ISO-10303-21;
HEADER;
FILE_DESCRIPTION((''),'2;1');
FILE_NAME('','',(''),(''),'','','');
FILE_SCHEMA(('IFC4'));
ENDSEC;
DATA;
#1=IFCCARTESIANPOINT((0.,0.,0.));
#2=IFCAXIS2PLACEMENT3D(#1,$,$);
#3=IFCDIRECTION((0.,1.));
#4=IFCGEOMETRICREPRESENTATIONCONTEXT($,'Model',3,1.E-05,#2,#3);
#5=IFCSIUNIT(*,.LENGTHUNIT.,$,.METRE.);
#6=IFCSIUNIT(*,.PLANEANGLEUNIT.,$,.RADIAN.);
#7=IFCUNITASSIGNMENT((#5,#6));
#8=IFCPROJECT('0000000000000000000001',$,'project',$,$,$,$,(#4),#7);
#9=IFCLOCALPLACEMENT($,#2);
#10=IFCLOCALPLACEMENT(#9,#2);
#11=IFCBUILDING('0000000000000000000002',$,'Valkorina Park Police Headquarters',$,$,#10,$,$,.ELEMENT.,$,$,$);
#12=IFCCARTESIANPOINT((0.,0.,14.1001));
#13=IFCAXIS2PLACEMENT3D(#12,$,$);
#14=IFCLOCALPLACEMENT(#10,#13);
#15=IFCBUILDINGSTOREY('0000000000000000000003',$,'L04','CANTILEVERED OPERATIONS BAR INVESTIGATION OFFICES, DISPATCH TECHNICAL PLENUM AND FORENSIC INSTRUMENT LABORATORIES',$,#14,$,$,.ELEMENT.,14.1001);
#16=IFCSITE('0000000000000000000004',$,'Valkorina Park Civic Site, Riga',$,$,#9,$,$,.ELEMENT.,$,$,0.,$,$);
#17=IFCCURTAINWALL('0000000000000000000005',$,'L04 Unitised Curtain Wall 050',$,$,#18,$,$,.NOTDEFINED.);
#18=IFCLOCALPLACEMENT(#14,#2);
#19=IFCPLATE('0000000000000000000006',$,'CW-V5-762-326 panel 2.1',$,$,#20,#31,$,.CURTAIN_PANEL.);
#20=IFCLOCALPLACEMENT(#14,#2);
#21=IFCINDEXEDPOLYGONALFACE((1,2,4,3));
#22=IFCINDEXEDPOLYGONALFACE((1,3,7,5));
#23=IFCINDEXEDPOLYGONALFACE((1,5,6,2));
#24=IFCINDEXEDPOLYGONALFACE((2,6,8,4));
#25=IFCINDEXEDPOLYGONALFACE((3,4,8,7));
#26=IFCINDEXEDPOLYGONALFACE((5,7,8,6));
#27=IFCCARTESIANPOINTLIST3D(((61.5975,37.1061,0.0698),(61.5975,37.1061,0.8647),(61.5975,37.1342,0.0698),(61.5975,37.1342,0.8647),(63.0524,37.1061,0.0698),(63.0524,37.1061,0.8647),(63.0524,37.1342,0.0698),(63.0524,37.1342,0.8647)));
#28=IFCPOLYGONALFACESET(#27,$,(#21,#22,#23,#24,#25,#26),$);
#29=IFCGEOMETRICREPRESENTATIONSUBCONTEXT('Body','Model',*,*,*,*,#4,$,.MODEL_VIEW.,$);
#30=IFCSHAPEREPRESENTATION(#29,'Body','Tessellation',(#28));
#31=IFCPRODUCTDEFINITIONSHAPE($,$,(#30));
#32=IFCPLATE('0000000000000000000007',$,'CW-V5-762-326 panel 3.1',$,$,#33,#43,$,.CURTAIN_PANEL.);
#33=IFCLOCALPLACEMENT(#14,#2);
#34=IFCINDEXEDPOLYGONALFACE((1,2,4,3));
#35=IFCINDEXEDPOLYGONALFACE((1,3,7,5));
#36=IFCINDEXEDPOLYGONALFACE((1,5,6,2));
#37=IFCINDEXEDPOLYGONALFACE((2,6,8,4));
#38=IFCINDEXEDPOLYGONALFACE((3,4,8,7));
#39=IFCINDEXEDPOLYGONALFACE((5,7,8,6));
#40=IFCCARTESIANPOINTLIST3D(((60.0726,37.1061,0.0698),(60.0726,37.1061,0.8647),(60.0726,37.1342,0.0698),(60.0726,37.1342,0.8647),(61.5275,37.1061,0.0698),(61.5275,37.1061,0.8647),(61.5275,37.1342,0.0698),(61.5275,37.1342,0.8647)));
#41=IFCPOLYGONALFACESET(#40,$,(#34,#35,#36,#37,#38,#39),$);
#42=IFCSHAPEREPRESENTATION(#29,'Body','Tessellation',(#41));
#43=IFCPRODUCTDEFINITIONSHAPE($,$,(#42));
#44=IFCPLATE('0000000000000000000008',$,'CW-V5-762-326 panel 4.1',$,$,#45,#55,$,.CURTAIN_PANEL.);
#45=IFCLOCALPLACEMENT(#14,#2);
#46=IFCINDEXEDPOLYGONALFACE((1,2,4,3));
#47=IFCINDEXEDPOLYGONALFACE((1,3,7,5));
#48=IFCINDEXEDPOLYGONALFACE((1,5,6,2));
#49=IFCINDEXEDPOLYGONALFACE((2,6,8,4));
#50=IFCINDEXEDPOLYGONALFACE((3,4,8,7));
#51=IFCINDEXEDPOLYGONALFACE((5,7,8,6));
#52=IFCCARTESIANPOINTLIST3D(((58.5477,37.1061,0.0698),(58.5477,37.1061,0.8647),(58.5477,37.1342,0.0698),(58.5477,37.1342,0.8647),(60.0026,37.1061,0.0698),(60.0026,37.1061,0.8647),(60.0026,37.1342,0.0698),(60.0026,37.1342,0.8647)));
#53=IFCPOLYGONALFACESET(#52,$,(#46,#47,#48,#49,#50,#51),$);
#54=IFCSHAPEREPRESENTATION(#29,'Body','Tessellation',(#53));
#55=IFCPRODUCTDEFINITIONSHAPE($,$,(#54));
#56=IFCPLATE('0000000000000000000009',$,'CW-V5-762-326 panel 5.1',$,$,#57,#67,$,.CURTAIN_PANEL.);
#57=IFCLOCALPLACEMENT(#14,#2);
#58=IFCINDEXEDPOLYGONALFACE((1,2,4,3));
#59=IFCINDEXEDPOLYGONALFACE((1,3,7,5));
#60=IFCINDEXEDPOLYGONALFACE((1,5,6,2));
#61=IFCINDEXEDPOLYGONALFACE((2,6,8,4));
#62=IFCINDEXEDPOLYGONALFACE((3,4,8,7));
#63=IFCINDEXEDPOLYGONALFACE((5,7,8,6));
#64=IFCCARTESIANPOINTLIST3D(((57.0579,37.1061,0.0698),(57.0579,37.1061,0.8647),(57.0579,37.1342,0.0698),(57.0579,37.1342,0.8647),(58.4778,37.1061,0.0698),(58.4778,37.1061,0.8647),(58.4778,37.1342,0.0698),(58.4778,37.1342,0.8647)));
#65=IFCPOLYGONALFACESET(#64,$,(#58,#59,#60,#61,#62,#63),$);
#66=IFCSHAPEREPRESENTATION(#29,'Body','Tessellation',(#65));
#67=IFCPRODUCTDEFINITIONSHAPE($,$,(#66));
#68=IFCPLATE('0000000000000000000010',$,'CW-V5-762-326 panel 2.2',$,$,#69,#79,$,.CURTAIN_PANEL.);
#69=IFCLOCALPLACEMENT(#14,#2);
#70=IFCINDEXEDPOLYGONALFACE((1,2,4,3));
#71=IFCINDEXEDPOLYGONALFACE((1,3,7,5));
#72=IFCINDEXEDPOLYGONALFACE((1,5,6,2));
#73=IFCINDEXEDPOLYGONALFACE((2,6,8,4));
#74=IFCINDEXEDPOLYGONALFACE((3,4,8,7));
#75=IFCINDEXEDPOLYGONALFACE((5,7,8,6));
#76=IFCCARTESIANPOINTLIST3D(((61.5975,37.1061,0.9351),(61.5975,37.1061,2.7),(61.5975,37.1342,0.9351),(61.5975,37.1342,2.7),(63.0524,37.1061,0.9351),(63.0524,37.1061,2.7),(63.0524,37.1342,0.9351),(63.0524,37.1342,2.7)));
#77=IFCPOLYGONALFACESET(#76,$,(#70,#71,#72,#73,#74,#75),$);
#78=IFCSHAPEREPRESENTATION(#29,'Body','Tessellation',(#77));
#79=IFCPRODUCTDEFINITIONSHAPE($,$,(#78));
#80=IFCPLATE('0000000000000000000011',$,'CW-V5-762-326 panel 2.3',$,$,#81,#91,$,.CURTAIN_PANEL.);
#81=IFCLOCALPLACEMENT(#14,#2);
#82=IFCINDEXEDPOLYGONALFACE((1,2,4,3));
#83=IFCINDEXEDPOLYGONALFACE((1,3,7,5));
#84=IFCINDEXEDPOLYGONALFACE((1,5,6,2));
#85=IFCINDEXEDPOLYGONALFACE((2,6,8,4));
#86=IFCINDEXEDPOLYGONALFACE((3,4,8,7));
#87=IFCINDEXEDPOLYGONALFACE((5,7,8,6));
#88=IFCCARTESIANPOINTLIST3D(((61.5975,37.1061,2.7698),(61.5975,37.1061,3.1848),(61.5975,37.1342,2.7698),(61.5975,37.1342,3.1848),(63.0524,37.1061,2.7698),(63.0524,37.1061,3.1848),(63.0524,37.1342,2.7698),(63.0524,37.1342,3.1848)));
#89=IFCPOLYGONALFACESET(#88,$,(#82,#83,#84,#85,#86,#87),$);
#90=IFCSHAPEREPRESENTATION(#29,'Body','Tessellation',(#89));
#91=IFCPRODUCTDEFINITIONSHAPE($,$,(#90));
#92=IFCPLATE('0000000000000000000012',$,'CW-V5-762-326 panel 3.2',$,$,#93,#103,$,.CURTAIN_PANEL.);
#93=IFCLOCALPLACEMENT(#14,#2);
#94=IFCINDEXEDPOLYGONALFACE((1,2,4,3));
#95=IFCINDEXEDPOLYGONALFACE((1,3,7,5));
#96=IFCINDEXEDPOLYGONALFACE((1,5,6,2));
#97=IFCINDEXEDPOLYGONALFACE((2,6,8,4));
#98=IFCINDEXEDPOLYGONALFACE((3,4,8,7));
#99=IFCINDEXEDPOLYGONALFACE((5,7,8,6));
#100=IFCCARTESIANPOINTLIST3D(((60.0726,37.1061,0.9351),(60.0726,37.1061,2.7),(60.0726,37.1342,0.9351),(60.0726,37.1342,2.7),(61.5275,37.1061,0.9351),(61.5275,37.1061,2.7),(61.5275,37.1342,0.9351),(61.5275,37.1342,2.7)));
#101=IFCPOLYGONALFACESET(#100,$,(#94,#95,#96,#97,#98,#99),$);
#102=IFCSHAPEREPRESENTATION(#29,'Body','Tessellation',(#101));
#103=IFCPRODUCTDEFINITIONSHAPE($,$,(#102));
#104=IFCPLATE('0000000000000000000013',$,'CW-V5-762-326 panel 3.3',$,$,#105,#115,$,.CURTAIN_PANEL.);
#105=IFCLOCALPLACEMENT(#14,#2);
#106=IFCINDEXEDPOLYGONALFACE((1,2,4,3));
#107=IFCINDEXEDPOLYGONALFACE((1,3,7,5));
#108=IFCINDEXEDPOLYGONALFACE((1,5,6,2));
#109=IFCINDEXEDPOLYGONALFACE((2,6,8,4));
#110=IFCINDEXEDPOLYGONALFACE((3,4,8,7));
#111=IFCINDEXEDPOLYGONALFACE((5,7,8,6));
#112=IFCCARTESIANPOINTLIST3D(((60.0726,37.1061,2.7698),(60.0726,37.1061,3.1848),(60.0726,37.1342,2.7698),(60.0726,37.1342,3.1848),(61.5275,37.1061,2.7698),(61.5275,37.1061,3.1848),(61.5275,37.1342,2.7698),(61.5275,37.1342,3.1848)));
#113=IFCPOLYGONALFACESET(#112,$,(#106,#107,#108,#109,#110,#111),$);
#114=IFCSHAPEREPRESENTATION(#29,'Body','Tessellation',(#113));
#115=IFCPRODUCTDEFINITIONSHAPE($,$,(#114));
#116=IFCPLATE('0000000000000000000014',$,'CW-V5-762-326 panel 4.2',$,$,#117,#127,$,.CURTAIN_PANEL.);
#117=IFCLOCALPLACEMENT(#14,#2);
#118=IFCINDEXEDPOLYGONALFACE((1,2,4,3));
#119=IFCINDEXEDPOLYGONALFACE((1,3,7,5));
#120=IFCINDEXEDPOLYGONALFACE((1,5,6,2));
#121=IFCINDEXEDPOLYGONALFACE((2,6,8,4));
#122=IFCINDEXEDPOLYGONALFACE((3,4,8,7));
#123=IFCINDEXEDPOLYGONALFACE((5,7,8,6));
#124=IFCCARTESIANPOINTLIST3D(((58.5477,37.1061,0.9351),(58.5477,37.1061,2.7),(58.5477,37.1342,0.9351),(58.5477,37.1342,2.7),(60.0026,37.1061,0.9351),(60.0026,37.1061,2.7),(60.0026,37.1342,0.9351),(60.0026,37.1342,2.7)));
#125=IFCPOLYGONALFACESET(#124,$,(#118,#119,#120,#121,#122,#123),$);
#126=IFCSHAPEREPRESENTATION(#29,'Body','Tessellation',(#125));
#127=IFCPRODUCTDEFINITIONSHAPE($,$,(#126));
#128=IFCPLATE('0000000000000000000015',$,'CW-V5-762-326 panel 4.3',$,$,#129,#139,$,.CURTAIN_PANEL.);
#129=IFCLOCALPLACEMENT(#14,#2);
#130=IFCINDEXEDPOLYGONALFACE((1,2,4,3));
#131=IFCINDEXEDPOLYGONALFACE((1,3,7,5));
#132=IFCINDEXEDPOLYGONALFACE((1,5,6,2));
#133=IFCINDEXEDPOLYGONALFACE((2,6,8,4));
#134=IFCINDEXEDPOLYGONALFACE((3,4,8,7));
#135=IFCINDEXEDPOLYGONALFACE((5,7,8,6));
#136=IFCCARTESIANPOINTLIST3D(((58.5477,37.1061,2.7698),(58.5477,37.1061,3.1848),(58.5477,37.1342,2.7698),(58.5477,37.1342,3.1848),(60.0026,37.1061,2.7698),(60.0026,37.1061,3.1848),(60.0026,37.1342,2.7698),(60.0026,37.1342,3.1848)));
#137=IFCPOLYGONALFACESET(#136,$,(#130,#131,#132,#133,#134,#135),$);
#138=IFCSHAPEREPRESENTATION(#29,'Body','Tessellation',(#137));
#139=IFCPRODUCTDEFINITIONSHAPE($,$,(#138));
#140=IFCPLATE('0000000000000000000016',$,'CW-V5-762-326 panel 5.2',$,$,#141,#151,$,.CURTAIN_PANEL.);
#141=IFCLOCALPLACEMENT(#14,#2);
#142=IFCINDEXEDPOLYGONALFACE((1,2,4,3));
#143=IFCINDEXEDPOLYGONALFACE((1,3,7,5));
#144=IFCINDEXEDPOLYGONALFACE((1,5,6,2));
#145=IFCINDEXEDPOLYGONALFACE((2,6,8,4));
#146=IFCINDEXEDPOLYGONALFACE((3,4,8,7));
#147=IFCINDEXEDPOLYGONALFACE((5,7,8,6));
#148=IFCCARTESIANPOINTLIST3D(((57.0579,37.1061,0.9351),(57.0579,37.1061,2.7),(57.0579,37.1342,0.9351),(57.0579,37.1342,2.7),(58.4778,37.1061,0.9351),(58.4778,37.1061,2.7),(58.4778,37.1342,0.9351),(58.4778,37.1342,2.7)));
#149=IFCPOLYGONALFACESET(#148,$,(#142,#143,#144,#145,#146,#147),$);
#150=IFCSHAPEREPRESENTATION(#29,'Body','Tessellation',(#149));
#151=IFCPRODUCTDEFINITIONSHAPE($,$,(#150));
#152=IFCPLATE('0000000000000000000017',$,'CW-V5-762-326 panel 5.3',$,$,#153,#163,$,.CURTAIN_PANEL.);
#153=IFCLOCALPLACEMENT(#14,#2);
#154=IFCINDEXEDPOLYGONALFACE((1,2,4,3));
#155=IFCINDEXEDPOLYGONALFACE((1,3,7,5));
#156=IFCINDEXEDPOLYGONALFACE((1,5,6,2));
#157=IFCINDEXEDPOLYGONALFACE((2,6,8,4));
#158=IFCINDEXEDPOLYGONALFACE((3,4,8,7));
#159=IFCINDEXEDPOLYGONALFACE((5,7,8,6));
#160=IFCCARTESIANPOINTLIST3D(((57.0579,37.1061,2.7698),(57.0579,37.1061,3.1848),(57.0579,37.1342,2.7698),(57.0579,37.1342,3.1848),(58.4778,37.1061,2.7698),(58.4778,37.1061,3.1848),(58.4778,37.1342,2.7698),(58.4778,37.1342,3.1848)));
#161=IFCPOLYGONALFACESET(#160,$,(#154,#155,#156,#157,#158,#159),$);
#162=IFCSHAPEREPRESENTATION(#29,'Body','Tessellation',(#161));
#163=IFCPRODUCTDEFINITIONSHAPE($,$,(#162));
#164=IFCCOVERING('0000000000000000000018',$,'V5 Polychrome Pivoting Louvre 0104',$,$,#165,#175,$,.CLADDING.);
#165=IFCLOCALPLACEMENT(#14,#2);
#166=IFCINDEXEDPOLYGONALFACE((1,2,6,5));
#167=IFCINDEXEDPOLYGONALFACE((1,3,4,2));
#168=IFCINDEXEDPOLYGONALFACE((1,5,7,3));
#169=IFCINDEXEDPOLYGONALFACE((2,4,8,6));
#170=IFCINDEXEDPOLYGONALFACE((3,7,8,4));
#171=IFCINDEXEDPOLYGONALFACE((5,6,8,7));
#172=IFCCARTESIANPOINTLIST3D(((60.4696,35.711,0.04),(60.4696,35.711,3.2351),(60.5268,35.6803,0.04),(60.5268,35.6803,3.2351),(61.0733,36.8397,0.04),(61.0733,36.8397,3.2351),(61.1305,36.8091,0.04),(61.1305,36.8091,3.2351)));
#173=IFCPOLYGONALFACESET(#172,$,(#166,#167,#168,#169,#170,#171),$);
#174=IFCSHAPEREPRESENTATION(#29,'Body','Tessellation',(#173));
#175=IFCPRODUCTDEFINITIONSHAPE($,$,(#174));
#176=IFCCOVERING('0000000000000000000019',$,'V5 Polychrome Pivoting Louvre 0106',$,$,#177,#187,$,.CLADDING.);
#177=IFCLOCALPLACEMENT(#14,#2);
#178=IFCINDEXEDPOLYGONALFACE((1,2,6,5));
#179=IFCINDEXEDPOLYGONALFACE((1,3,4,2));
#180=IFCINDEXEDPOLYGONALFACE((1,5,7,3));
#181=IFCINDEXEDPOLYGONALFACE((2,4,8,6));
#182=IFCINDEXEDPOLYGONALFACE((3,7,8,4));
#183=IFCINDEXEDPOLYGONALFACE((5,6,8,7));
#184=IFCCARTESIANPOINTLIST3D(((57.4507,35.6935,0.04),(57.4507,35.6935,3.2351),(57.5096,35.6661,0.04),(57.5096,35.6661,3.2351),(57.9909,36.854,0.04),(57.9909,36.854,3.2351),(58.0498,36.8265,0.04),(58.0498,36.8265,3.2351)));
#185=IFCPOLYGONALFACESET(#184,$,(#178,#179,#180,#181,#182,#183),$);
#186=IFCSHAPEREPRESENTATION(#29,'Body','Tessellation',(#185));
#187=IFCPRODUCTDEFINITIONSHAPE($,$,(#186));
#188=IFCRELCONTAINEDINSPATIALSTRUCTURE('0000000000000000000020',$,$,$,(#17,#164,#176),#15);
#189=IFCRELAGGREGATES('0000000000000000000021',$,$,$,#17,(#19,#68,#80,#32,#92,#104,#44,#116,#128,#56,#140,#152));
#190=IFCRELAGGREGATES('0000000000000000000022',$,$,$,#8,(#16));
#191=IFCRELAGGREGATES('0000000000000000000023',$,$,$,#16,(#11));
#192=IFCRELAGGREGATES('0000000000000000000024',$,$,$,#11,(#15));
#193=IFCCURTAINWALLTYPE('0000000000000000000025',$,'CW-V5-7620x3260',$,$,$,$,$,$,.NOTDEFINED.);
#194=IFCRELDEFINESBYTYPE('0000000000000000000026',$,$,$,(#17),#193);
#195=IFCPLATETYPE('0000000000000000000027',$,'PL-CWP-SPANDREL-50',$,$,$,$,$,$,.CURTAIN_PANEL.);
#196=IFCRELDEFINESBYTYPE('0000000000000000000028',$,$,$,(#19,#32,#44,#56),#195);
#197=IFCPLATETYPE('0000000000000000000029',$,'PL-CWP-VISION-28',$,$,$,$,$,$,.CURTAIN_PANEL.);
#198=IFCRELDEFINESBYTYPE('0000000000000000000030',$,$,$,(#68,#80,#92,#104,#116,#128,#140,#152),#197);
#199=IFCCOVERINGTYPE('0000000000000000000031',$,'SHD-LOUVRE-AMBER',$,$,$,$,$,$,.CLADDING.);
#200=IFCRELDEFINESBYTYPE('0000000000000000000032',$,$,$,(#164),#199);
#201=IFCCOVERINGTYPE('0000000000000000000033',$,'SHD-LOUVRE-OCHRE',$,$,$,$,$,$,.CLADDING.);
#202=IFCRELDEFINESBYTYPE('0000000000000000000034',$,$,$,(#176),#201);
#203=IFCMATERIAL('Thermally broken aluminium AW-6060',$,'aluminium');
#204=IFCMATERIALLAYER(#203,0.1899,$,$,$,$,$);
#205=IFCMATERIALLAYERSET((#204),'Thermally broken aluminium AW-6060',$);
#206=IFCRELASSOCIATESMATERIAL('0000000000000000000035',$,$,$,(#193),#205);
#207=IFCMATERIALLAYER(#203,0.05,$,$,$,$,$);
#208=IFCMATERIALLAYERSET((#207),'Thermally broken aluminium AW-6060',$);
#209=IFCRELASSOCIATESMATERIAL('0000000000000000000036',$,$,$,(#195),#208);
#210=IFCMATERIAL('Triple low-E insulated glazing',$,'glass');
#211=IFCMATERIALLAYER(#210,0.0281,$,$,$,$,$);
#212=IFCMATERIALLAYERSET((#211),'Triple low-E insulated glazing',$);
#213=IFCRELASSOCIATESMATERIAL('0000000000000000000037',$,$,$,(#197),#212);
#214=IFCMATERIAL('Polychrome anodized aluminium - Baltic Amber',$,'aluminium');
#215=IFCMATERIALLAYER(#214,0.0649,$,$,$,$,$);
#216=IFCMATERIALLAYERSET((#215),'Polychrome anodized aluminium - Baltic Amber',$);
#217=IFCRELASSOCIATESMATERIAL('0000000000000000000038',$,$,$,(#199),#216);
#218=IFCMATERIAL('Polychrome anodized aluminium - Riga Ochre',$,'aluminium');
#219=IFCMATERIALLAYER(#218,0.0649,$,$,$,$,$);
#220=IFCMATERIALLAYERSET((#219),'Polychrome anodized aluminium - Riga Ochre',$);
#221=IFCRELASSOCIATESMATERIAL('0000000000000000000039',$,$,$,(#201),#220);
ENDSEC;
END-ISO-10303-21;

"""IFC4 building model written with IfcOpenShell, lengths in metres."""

from ifc_helpers import new_model, si_unit, direction, frame, origin, origin_2d, place, context, subcontext, project, spatial, rectangle, extrude, material, layer, layer_set, type_object, element, aggregate, save


model = new_model("IFC4")

# Units and contexts
model_context = context("Model", 3, precision=1e-05, world=origin(), true_north=direction((0.0, 1.0)))
body_context = subcontext(model_context, "Body", "Model", "MODEL_VIEW")
ifc_project = project(units=[si_unit("LENGTHUNIT", "METRE"), si_unit("PLANEANGLEUNIT", "RADIAN")], contexts=[model_context])

# Site, building, storey
site_placement = place(None, origin())
site = spatial("IfcSite", under=ifc_project, at=site_placement, Name="Valkorina Park Civic Site, Riga", CompositionType="ELEMENT", RefElevation=0.0)
building_placement = place(site_placement, origin())
building = spatial("IfcBuilding", under=site, at=building_placement, Name="Valkorina Park Police Headquarters", CompositionType="ELEMENT")
storey_placement = place(building_placement, frame((0.0, 0.0, 14.1001)))
storey = spatial("IfcBuildingStorey", under=building, at=storey_placement, Name="L04", Description="CANTILEVERED OPERATIONS BAR INVESTIGATION OFFICES, DISPATCH TECHNICAL PLENUM AND FORENSIC INSTRUMENT LABORATORIES", CompositionType="ELEMENT", Elevation=14.1001)

# Curtain wall, plates
ifc_material_1 = material(Name="Thermally broken aluminium AW-6060", Category="aluminium")
ifc_layer_1 = layer(ifc_material_1, 0.1899)
ifc_layer_set_1 = layer_set([ifc_layer_1], Name="Thermally broken aluminium AW-6060")
curtain_wall_type = type_object("IfcCurtainWallType", Name="CW-V5-7620x3260", PredefinedType="NOTDEFINED", material=ifc_layer_set_1)
curtain_wall_placement = place(storey_placement, origin())
curtain_wall = element("IfcCurtainWall", 1, at=curtain_wall_placement, inside=storey, type_object=curtain_wall_type, Name="L04 Unitised Curtain Wall 050", PredefinedType="NOTDEFINED")
ifc_layer_2 = layer(ifc_material_1, 0.05)
ifc_layer_set_2 = layer_set([ifc_layer_2], Name="Thermally broken aluminium AW-6060")
plate_type_1 = type_object("IfcPlateType", Name="PL-CWP-SPANDREL-50", PredefinedType="CURTAIN_PANEL", material=ifc_layer_set_2)
plate_1_placement = place(storey_placement, frame((62.325, 37.1201, 0.0698), z_axis=(0.0, 0.0, 1.0), x_axis=(-1.0, 0.0, 0.0)))
plate_1 = element("IfcPlate", 2, at=plate_1_placement, type_object=plate_type_1, Name="CW-V5-762-326 panel 2.1", PredefinedType="CURTAIN_PANEL", context=body_context, shape_type="SweptSolid", body=[
    extrude(rectangle(XDim=1.4548, YDim=0.0281, at=origin_2d()), origin(), (0.0, 0.0, 1.0), 0.7949),
])
plate_2_placement = place(storey_placement, frame((60.8, 37.1201, 0.0698), z_axis=(0.0, 0.0, 1.0), x_axis=(-1.0, 0.0, 0.0)))
plate_2 = element("IfcPlate", 3, at=plate_2_placement, type_object=plate_type_1, Name="CW-V5-762-326 panel 3.1", PredefinedType="CURTAIN_PANEL", context=body_context, shape_type="SweptSolid", body=[
    extrude(rectangle(XDim=1.4548, YDim=0.0281, at=origin_2d()), origin(), (0.0, 0.0, 1.0), 0.7949),
])
plate_3_placement = place(storey_placement, frame((59.2751, 37.1201, 0.0698), z_axis=(0.0, 0.0, 1.0), x_axis=(-1.0, 0.0, 0.0)))
plate_3 = element("IfcPlate", 4, at=plate_3_placement, type_object=plate_type_1, Name="CW-V5-762-326 panel 4.1", PredefinedType="CURTAIN_PANEL", context=body_context, shape_type="SweptSolid", body=[
    extrude(rectangle(XDim=1.4548, YDim=0.0281, at=origin_2d()), origin(), (0.0, 0.0, 1.0), 0.7949),
])
plate_4_placement = place(storey_placement, frame((57.7678, 37.1201, 0.0698), z_axis=(0.0, 0.0, 1.0), x_axis=(-1.0, 0.0, 0.0)))
plate_4 = element("IfcPlate", 5, at=plate_4_placement, type_object=plate_type_1, Name="CW-V5-762-326 panel 5.1", PredefinedType="CURTAIN_PANEL", context=body_context, shape_type="SweptSolid", body=[
    extrude(rectangle(XDim=1.4199, YDim=0.0281, at=origin_2d()), origin(), (0.0, 0.0, 1.0), 0.7949),
])
ifc_material_2 = material(Name="Triple low-E insulated glazing", Category="glass")
ifc_layer_3 = layer(ifc_material_2, 0.0281)
ifc_layer_set_3 = layer_set([ifc_layer_3], Name="Triple low-E insulated glazing")
plate_type_2 = type_object("IfcPlateType", Name="PL-CWP-VISION-28", PredefinedType="CURTAIN_PANEL", material=ifc_layer_set_3)
plate_5_placement = place(storey_placement, frame((62.325, 37.1201, 0.9351), z_axis=(0.0, 0.0, 1.0), x_axis=(-1.0, 0.0, 0.0)))
plate_5 = element("IfcPlate", 6, at=plate_5_placement, type_object=plate_type_2, Name="CW-V5-762-326 panel 2.2", PredefinedType="CURTAIN_PANEL", context=body_context, shape_type="SweptSolid", body=[
    extrude(rectangle(XDim=1.4548, YDim=0.0281, at=origin_2d()), origin(), (0.0, 0.0, 1.0), 1.7649),
])
plate_6_placement = place(storey_placement, frame((62.325, 37.1201, 2.7698), z_axis=(0.0, 0.0, 1.0), x_axis=(-1.0, 0.0, 0.0)))
plate_6 = element("IfcPlate", 7, at=plate_6_placement, type_object=plate_type_2, Name="CW-V5-762-326 panel 2.3", PredefinedType="CURTAIN_PANEL", context=body_context, shape_type="SweptSolid", body=[
    extrude(rectangle(XDim=1.4548, YDim=0.0281, at=origin_2d()), origin(), (0.0, 0.0, 1.0), 0.415),
])
plate_7_placement = place(storey_placement, frame((60.8, 37.1201, 0.9351), z_axis=(0.0, 0.0, 1.0), x_axis=(-1.0, 0.0, 0.0)))
plate_7 = element("IfcPlate", 8, at=plate_7_placement, type_object=plate_type_2, Name="CW-V5-762-326 panel 3.2", PredefinedType="CURTAIN_PANEL", context=body_context, shape_type="SweptSolid", body=[
    extrude(rectangle(XDim=1.4548, YDim=0.0281, at=origin_2d()), origin(), (0.0, 0.0, 1.0), 1.7649),
])
plate_8_placement = place(storey_placement, frame((60.8, 37.1201, 2.7698), z_axis=(0.0, 0.0, 1.0), x_axis=(-1.0, 0.0, 0.0)))
plate_8 = element("IfcPlate", 9, at=plate_8_placement, type_object=plate_type_2, Name="CW-V5-762-326 panel 3.3", PredefinedType="CURTAIN_PANEL", context=body_context, shape_type="SweptSolid", body=[
    extrude(rectangle(XDim=1.4548, YDim=0.0281, at=origin_2d()), origin(), (0.0, 0.0, 1.0), 0.415),
])
plate_9_placement = place(storey_placement, frame((59.2751, 37.1201, 0.9351), z_axis=(0.0, 0.0, 1.0), x_axis=(-1.0, 0.0, 0.0)))
plate_9 = element("IfcPlate", 10, at=plate_9_placement, type_object=plate_type_2, Name="CW-V5-762-326 panel 4.2", PredefinedType="CURTAIN_PANEL", context=body_context, shape_type="SweptSolid", body=[
    extrude(rectangle(XDim=1.4548, YDim=0.0281, at=origin_2d()), origin(), (0.0, 0.0, 1.0), 1.7649),
])
plate_10_placement = place(storey_placement, frame((59.2751, 37.1201, 2.7698), z_axis=(0.0, 0.0, 1.0), x_axis=(-1.0, 0.0, 0.0)))
plate_10 = element("IfcPlate", 11, at=plate_10_placement, type_object=plate_type_2, Name="CW-V5-762-326 panel 4.3", PredefinedType="CURTAIN_PANEL", context=body_context, shape_type="SweptSolid", body=[
    extrude(rectangle(XDim=1.4548, YDim=0.0281, at=origin_2d()), origin(), (0.0, 0.0, 1.0), 0.415),
])
plate_11_placement = place(storey_placement, frame((57.7678, 37.1201, 0.9351), z_axis=(0.0, 0.0, 1.0), x_axis=(-1.0, 0.0, 0.0)))
plate_11 = element("IfcPlate", 12, at=plate_11_placement, type_object=plate_type_2, Name="CW-V5-762-326 panel 5.2", PredefinedType="CURTAIN_PANEL", context=body_context, shape_type="SweptSolid", body=[
    extrude(rectangle(XDim=1.4199, YDim=0.0281, at=origin_2d()), origin(), (0.0, 0.0, 1.0), 1.7649),
])
plate_12_placement = place(storey_placement, frame((57.7678, 37.1201, 2.7698), z_axis=(0.0, 0.0, 1.0), x_axis=(-1.0, 0.0, 0.0)))
plate_12 = element("IfcPlate", 13, at=plate_12_placement, type_object=plate_type_2, Name="CW-V5-762-326 panel 5.3", PredefinedType="CURTAIN_PANEL", context=body_context, shape_type="SweptSolid", body=[
    extrude(rectangle(XDim=1.4199, YDim=0.0281, at=origin_2d()), origin(), (0.0, 0.0, 1.0), 0.415),
])
aggregate(curtain_wall, [plate_1, plate_5, plate_6, plate_2, plate_7, plate_8, plate_3, plate_9, plate_10, plate_4, plate_11, plate_12])

# Coverings
ifc_material_3 = material(Name="Polychrome anodized aluminium - Baltic Amber", Category="aluminium")
ifc_layer_4 = layer(ifc_material_3, 0.0649)
ifc_layer_set_4 = layer_set([ifc_layer_4], Name="Polychrome anodized aluminium - Baltic Amber")
covering_type_1 = type_object("IfcCoveringType", Name="SHD-LOUVRE-AMBER", PredefinedType="CLADDING", material=ifc_layer_set_4)
covering_1_placement = place(storey_placement, frame((60.8, 36.26, 0.04), z_axis=(0.0, 0.0, 1.0), x_axis=(-0.471628, -0.881798, 0.0)))
element("IfcCovering", 14, at=covering_1_placement, inside=storey, type_object=covering_type_1, Name="V5 Polychrome Pivoting Louvre 0104", PredefinedType="CLADDING", context=body_context, shape_type="SweptSolid", body=[
    extrude(rectangle(XDim=1.28, YDim=0.0649, at=origin_2d()), origin(), (0.0, 0.0, 1.0), 3.1951),
])
ifc_material_4 = material(Name="Polychrome anodized aluminium - Riga Ochre", Category="aluminium")
ifc_layer_5 = layer(ifc_material_4, 0.0649)
ifc_layer_set_5 = layer_set([ifc_layer_5], Name="Polychrome anodized aluminium - Riga Ochre")
covering_type_2 = type_object("IfcCoveringType", Name="SHD-LOUVRE-OCHRE", PredefinedType="CLADDING", material=ifc_layer_set_5)
covering_2_placement = place(storey_placement, frame((57.7502, 36.26, 0.04), z_axis=(0.0, 0.0, 1.0), x_axis=(-0.421985, -0.906603, 0.0)))
element("IfcCovering", 15, at=covering_2_placement, inside=storey, type_object=covering_type_2, Name="V5 Polychrome Pivoting Louvre 0106", PredefinedType="CLADDING", context=body_context, shape_type="SweptSolid", body=[
    extrude(rectangle(XDim=1.28, YDim=0.0649, at=origin_2d()), origin(), (0.0, 0.0, 1.0), 3.1951),
])

save(model, "model.ifc")
